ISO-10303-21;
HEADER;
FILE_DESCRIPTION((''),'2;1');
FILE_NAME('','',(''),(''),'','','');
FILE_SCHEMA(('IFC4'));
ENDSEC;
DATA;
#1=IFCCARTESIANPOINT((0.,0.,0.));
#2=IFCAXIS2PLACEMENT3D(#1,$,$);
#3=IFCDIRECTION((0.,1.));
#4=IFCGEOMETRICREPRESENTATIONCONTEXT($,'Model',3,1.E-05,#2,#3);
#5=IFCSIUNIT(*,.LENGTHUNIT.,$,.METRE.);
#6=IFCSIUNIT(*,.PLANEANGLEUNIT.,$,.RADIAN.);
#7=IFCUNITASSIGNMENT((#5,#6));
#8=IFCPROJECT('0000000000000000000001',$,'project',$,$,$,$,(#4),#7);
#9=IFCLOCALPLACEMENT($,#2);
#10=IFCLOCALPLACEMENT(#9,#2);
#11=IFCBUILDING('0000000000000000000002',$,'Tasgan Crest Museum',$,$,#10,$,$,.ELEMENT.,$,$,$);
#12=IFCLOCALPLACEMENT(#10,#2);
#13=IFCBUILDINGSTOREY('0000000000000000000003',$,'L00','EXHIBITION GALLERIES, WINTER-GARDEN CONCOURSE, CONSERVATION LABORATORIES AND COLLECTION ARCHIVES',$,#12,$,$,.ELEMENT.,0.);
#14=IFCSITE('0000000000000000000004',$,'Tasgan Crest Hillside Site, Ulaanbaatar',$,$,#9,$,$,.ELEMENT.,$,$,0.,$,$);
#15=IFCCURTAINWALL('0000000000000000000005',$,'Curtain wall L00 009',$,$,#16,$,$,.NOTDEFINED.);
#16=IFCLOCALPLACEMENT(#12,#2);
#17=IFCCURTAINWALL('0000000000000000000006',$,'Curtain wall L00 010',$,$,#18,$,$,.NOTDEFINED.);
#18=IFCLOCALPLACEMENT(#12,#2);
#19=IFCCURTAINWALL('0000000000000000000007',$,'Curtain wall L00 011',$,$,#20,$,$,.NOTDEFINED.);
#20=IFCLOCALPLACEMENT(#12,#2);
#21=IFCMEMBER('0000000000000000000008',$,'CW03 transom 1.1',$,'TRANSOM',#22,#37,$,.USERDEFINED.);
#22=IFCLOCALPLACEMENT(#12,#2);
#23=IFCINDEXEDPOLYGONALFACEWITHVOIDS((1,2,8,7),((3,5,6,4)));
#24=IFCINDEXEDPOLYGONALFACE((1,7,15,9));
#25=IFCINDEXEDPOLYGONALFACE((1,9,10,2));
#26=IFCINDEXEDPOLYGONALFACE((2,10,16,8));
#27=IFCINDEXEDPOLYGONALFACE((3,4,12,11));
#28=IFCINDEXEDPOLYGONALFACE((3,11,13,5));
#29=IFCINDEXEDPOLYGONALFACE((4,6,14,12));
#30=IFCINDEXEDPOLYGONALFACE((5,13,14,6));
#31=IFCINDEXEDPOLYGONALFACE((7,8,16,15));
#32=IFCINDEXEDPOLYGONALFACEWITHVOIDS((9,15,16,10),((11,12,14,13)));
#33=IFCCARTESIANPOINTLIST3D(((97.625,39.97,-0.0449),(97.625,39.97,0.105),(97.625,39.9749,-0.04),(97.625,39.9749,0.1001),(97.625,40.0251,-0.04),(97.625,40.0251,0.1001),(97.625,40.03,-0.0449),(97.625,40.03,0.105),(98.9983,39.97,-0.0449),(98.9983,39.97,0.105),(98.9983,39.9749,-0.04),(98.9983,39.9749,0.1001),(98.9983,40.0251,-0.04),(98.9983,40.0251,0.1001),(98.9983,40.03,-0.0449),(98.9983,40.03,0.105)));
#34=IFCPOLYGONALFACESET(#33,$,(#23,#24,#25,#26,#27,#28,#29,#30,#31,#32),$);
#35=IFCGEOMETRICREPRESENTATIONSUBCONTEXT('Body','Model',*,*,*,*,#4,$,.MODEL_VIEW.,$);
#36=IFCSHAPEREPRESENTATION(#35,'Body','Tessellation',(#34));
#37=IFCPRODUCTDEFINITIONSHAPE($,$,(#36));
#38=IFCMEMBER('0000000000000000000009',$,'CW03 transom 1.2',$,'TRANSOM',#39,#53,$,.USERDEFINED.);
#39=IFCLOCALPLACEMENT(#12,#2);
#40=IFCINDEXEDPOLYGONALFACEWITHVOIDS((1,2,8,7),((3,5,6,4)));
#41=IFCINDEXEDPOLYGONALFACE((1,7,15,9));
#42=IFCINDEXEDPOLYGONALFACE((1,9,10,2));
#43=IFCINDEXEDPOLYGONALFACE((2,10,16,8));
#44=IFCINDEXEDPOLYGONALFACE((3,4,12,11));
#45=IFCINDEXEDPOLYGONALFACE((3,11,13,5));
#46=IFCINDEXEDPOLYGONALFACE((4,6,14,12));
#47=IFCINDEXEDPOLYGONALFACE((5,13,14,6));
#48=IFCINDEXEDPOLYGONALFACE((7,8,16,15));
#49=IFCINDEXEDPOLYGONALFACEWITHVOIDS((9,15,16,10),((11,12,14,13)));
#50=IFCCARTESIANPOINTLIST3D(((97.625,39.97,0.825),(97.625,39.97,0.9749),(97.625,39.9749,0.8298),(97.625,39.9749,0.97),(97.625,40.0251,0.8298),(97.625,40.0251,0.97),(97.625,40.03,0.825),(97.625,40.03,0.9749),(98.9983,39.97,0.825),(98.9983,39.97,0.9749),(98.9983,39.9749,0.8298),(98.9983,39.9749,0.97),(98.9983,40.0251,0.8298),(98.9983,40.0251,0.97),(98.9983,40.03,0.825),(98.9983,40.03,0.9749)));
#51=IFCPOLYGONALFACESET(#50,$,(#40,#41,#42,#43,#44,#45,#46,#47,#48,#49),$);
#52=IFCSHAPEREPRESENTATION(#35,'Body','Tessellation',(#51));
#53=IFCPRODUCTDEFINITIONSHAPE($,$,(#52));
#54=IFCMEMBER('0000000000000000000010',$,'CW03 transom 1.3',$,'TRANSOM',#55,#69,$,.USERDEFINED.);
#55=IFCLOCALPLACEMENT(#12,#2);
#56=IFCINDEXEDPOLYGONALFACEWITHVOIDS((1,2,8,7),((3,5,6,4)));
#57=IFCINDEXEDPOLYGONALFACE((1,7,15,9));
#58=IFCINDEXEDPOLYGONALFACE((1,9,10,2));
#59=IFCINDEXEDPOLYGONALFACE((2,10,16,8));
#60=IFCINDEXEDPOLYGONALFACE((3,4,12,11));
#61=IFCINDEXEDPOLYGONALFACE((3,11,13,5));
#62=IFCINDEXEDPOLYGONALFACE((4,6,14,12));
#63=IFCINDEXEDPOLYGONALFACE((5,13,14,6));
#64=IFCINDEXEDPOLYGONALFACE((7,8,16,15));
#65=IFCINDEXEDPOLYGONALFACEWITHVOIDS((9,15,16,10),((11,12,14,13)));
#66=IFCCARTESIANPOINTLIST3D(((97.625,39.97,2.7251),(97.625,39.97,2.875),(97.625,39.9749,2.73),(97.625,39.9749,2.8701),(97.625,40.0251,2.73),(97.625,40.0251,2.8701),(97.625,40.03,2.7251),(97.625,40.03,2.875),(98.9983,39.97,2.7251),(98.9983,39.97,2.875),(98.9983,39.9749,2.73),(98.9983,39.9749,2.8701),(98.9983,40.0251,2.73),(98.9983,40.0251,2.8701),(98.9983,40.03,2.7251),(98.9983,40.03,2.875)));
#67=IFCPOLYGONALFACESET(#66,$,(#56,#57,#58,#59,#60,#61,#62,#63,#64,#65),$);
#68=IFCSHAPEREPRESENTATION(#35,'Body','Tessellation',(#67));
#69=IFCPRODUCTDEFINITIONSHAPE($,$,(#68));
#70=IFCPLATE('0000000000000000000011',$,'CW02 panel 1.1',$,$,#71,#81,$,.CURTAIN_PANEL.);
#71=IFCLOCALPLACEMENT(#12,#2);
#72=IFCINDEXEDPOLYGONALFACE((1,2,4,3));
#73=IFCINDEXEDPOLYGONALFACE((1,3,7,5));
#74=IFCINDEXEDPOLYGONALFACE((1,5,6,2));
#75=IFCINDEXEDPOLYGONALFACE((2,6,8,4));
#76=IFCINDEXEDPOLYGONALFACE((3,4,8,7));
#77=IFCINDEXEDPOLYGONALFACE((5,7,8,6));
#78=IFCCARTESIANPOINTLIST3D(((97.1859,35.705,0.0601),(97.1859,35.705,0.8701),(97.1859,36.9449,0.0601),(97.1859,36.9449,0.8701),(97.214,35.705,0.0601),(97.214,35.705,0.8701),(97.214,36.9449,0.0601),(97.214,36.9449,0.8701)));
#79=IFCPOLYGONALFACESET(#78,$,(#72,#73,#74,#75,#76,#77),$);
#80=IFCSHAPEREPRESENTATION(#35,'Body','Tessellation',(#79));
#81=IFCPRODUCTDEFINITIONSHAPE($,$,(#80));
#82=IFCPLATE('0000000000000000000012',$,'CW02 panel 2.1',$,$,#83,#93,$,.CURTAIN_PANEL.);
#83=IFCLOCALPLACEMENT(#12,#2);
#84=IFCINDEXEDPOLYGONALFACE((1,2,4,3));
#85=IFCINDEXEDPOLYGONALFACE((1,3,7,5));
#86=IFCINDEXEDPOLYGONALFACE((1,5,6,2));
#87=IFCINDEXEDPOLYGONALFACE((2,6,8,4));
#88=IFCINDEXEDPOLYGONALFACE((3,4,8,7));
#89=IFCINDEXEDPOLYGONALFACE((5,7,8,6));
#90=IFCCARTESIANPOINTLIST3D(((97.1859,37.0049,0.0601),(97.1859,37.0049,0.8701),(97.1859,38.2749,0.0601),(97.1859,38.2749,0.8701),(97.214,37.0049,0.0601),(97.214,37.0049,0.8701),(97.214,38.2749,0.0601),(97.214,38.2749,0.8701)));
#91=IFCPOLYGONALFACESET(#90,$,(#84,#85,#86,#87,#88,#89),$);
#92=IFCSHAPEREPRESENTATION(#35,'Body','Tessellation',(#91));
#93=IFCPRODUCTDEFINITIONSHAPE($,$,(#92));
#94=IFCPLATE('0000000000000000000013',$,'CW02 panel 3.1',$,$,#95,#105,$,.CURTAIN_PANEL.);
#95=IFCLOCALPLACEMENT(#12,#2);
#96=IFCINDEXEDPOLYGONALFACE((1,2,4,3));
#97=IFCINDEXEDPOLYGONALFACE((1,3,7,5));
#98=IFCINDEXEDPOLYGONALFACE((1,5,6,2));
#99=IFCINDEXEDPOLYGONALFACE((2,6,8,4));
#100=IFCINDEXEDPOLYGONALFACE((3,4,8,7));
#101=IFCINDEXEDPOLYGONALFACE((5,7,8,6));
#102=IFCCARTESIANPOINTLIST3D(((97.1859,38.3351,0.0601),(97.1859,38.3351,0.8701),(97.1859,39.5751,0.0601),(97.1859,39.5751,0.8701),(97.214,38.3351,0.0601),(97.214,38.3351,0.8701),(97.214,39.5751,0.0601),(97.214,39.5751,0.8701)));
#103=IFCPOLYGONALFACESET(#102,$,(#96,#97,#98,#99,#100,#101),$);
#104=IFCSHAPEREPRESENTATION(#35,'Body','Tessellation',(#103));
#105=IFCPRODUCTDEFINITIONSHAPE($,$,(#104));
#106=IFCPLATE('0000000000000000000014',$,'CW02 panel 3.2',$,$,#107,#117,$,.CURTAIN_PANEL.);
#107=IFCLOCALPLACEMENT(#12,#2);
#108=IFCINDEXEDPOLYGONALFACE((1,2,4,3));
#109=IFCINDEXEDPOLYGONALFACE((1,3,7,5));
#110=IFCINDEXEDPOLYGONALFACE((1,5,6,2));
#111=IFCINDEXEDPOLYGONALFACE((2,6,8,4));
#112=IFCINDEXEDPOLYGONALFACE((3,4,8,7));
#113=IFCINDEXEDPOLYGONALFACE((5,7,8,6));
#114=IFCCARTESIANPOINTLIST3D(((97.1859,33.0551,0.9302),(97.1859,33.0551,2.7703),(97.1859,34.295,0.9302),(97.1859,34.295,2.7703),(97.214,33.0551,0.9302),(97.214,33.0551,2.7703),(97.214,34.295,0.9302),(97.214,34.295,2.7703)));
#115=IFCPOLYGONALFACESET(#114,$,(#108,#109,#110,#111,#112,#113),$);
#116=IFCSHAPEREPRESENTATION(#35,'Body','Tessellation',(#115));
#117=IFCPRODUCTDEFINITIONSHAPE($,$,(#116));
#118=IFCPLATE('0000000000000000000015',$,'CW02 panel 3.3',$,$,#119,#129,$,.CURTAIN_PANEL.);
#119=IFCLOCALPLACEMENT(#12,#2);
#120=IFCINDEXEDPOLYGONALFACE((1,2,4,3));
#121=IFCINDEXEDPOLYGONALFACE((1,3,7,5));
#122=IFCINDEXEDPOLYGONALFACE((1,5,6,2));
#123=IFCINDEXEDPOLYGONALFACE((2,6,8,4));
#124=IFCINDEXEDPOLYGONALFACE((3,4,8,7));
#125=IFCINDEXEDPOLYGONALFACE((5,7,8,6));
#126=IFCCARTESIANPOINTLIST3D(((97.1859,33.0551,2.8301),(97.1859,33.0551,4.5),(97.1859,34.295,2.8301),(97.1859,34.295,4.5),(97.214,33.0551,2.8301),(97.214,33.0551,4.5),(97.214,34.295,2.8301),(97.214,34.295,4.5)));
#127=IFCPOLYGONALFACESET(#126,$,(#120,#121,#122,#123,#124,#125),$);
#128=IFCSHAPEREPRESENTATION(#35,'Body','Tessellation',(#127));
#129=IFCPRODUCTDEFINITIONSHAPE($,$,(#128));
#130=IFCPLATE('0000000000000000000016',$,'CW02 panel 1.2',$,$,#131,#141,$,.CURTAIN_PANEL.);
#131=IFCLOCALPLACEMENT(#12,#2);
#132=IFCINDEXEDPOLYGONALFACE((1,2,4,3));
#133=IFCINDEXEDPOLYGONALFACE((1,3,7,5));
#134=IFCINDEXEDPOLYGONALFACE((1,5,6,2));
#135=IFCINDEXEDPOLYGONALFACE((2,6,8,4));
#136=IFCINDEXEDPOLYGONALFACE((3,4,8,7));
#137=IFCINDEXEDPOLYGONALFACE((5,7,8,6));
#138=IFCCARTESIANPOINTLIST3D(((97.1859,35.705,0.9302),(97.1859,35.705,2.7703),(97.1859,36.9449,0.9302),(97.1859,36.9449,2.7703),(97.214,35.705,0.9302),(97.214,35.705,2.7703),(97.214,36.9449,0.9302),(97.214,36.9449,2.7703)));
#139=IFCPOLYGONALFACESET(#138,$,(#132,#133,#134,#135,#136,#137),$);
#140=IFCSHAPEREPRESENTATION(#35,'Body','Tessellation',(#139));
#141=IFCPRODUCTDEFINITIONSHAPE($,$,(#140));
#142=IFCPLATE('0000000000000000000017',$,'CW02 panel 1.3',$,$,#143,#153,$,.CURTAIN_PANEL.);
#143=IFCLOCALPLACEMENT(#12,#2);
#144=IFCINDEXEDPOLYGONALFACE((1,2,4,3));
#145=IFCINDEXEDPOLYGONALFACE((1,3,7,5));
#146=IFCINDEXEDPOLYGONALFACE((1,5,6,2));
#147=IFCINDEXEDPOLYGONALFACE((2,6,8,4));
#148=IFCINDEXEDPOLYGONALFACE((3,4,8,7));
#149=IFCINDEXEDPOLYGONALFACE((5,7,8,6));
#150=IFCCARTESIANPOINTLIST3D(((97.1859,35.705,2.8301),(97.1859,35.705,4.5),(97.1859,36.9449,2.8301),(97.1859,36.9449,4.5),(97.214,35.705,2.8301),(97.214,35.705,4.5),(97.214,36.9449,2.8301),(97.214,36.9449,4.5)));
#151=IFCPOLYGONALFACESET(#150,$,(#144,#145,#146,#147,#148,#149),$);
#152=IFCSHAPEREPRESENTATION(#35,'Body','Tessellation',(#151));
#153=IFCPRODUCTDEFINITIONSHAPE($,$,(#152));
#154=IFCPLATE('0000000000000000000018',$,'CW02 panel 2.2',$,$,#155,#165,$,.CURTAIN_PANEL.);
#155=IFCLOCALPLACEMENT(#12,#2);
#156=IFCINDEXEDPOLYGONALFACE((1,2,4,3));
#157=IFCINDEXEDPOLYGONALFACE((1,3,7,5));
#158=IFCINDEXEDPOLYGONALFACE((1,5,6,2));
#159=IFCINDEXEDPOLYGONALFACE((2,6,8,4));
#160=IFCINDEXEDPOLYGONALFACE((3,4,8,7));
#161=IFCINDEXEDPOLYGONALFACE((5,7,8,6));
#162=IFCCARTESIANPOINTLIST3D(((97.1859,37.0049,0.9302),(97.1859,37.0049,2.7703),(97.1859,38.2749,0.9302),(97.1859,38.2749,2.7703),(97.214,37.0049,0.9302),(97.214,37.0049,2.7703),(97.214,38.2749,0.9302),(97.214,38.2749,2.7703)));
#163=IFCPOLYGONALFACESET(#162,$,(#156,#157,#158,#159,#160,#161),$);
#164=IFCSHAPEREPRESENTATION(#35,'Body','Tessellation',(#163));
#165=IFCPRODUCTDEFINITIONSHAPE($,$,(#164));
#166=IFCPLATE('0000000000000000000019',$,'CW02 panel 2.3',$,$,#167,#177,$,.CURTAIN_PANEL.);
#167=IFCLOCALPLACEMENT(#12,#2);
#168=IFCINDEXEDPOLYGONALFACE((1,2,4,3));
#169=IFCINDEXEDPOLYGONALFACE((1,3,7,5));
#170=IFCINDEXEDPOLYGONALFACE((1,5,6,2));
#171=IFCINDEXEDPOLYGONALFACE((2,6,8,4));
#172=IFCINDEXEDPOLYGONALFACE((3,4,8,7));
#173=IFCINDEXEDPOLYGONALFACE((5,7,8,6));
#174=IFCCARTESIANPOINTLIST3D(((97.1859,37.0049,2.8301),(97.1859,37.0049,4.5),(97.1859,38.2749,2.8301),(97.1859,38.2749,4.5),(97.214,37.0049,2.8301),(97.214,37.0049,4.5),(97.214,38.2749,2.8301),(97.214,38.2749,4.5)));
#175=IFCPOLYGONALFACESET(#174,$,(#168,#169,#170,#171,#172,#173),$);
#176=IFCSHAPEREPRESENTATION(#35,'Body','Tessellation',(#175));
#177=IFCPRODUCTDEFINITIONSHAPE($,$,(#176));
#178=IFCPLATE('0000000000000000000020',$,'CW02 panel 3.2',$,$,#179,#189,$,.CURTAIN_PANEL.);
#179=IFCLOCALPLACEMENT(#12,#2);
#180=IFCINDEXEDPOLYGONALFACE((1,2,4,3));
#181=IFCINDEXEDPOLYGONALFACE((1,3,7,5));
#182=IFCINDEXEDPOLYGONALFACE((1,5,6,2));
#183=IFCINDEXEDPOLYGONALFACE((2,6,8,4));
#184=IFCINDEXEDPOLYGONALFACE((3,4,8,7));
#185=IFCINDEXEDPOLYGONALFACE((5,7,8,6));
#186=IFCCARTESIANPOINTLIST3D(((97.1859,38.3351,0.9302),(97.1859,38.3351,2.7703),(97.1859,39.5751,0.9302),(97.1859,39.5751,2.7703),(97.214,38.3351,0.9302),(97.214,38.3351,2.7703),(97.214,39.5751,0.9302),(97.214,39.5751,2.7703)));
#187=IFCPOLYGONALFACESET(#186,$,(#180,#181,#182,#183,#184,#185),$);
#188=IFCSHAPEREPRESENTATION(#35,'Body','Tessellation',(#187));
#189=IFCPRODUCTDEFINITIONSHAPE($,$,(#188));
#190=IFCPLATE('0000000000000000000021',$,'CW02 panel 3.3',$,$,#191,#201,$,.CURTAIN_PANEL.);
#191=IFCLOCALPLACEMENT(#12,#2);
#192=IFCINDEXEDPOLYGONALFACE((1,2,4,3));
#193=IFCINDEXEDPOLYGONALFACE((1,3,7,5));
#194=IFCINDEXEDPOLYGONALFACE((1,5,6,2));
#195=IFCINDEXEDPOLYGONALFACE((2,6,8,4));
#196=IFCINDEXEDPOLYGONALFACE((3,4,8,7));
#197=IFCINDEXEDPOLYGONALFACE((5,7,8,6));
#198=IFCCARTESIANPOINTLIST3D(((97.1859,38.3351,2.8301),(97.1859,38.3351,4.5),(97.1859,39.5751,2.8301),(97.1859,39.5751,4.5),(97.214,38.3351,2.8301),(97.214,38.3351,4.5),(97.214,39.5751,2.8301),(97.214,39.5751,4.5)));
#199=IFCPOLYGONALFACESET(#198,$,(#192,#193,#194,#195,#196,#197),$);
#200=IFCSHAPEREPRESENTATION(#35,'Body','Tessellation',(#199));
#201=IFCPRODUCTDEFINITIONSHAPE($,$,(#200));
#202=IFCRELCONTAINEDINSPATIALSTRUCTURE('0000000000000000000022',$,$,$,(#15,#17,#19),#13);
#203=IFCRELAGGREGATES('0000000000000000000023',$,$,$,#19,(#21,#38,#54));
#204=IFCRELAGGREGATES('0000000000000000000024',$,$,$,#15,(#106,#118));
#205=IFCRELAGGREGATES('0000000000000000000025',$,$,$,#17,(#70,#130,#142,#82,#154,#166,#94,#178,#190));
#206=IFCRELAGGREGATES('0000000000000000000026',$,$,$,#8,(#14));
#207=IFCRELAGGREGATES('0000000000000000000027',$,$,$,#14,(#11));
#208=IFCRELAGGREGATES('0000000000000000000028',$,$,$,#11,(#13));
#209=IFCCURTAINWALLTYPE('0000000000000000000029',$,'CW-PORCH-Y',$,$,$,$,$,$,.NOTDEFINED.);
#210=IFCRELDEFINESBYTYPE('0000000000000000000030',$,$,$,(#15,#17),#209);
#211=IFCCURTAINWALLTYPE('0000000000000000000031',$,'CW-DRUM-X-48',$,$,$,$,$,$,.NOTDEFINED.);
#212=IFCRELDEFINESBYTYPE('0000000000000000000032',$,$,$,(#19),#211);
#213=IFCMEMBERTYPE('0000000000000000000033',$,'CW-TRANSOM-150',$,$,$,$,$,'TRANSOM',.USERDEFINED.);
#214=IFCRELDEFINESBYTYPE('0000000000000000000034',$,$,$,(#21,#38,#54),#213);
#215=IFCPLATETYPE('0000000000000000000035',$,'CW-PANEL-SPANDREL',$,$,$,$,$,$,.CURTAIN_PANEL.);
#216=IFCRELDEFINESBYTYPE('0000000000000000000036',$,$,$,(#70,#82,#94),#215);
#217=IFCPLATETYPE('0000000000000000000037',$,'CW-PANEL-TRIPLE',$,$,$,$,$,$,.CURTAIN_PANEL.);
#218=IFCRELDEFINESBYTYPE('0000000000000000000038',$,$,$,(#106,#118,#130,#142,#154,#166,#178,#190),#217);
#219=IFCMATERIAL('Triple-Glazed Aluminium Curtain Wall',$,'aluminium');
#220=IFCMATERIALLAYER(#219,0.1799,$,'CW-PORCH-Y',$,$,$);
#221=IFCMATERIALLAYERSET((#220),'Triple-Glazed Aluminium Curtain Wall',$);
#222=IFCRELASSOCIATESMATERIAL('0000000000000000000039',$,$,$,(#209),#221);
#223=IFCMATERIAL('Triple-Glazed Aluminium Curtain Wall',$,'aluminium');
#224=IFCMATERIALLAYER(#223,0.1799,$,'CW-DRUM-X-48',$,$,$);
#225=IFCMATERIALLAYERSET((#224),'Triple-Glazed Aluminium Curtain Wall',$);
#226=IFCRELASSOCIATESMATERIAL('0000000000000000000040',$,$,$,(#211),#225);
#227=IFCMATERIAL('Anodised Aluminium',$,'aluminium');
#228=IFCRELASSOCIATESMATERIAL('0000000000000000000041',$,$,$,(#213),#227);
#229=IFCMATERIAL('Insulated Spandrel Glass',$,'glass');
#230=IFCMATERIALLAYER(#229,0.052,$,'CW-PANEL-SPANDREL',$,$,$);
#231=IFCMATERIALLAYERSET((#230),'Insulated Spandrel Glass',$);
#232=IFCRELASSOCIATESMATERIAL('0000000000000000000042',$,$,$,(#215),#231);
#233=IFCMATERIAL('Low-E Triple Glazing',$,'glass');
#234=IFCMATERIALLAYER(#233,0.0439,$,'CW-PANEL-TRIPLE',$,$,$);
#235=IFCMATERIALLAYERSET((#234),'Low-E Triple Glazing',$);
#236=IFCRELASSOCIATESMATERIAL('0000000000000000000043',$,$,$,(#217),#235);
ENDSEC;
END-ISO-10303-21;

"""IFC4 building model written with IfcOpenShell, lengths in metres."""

from ifc_helpers import new_model, si_unit, direction, frame, origin, origin_2d, place, context, subcontext, project, spatial, rectangle, hollow_rectangle, extrude, material, layer, layer_set, material_profile, profile_set, type_object, element, aggregate, save


model = new_model("IFC4")

# Units and contexts
model_context = context("Model", 3, precision=1e-05, world=origin(), true_north=direction((0.0, 1.0)))
body_context = subcontext(model_context, "Body", "Model", "MODEL_VIEW")
ifc_project = project(units=[si_unit("LENGTHUNIT", "METRE"), si_unit("PLANEANGLEUNIT", "RADIAN")], contexts=[model_context])

# Site, building, storey
site_placement = place(None, origin())
site = spatial("IfcSite", under=ifc_project, at=site_placement, Name="Tasgan Crest Hillside Site, Ulaanbaatar", CompositionType="ELEMENT", RefElevation=0.0)
building_placement = place(site_placement, origin())
building = spatial("IfcBuilding", under=site, at=building_placement, Name="Tasgan Crest Museum", CompositionType="ELEMENT")
storey_placement = place(building_placement, origin())
storey = spatial("IfcBuildingStorey", under=building, at=storey_placement, Name="L00", Description="EXHIBITION GALLERIES, WINTER-GARDEN CONCOURSE, CONSERVATION LABORATORIES AND COLLECTION ARCHIVES", CompositionType="ELEMENT", Elevation=0.0)

# Curtain wall
ifc_material_1 = material(Name="Triple-Glazed Aluminium Curtain Wall", Category="aluminium")
ifc_layer_1 = layer(ifc_material_1, 0.1799, Name="CW-PORCH-Y")
ifc_layer_set_1 = layer_set([ifc_layer_1], Name="Triple-Glazed Aluminium Curtain Wall")
curtain_wall_type_1 = type_object("IfcCurtainWallType", Name="CW-PORCH-Y", PredefinedType="NOTDEFINED", material=ifc_layer_set_1)
curtain_wall_1_placement = place(storey_placement, origin())
curtain_wall_1 = element("IfcCurtainWall", 1, at=curtain_wall_1_placement, inside=storey, type_object=curtain_wall_type_1, Name="Curtain wall L00 009", PredefinedType="NOTDEFINED")

# Curtain wall
curtain_wall_2_placement = place(storey_placement, origin())
curtain_wall_2 = element("IfcCurtainWall", 2, at=curtain_wall_2_placement, inside=storey, type_object=curtain_wall_type_1, Name="Curtain wall L00 010", PredefinedType="NOTDEFINED")

# Curtain wall
ifc_material_2 = material(Name="Triple-Glazed Aluminium Curtain Wall", Category="aluminium")
ifc_layer_2 = layer(ifc_material_2, 0.1799, Name="CW-DRUM-X-48")
ifc_layer_set_2 = layer_set([ifc_layer_2], Name="Triple-Glazed Aluminium Curtain Wall")
curtain_wall_type_2 = type_object("IfcCurtainWallType", Name="CW-DRUM-X-48", PredefinedType="NOTDEFINED", material=ifc_layer_set_2)
curtain_wall_3_placement = place(storey_placement, origin())
curtain_wall_3 = element("IfcCurtainWall", 3, at=curtain_wall_3_placement, inside=storey, type_object=curtain_wall_type_2, Name="Curtain wall L00 011", PredefinedType="NOTDEFINED")

# Members
ifc_material_3 = material(Name="Anodised Aluminium", Category="aluminium")
ifc_material_profile_1 = material_profile(ifc_material_3, hollow_rectangle(XDim=0.0601, YDim=0.1499, WallThickness=0.0049, at=origin_2d()), Name="ALU TRANSOM 150x60x5")
ifc_profile_set_1 = profile_set([ifc_material_profile_1], Name="Anodised Aluminium")
member_type_1 = type_object("IfcMemberType", Name="CW-TRANSOM-150", ElementType="TRANSOM", PredefinedType="USERDEFINED", material=ifc_profile_set_1)
member_1_placement = place(storey_placement, frame((97.625, 40.0, 0.03), z_axis=(1.0, 0.0, 0.0), x_axis=(0.0, 1.0, 0.0)))
member_1 = element("IfcMember", 4, at=member_1_placement, type_object=member_type_1, Name="CW03 transom 1.1", ObjectType="TRANSOM", PredefinedType="USERDEFINED", context=body_context, shape_type="SweptSolid", body=[
    extrude(hollow_rectangle(XDim=0.0601, YDim=0.1499, WallThickness=0.0049, at=origin_2d()), origin(), (0.0, 0.0, 1.0), 1.3733),
])
member_2_placement = place(storey_placement, frame((97.625, 40.0, 0.8999), z_axis=(1.0, 0.0, 0.0), x_axis=(0.0, 1.0, 0.0)))
member_2 = element("IfcMember", 5, at=member_2_placement, type_object=member_type_1, Name="CW03 transom 1.2", ObjectType="TRANSOM", PredefinedType="USERDEFINED", context=body_context, shape_type="SweptSolid", body=[
    extrude(hollow_rectangle(XDim=0.0601, YDim=0.1499, WallThickness=0.0049, at=origin_2d()), origin(), (0.0, 0.0, 1.0), 1.3733),
])
member_3_placement = place(storey_placement, frame((97.625, 40.0, 2.8), z_axis=(1.0, 0.0, 0.0), x_axis=(0.0, 1.0, 0.0)))
member_3 = element("IfcMember", 6, at=member_3_placement, type_object=member_type_1, Name="CW03 transom 1.3", ObjectType="TRANSOM", PredefinedType="USERDEFINED", context=body_context, shape_type="SweptSolid", body=[
    extrude(hollow_rectangle(XDim=0.0601, YDim=0.1499, WallThickness=0.0049, at=origin_2d()), origin(), (0.0, 0.0, 1.0), 1.3733),
])
aggregate(curtain_wall_3, [member_1, member_2, member_3])

# Plates
ifc_material_4 = material(Name="Insulated Spandrel Glass", Category="glass")
ifc_layer_3 = layer(ifc_material_4, 0.052, Name="CW-PANEL-SPANDREL")
ifc_layer_set_3 = layer_set([ifc_layer_3], Name="Insulated Spandrel Glass")
plate_type_1 = type_object("IfcPlateType", Name="CW-PANEL-SPANDREL", PredefinedType="CURTAIN_PANEL", material=ifc_layer_set_3)
plate_1_placement = place(storey_placement, frame((97.2, 36.325, 0.0601), z_axis=(0.0, 0.0, 1.0), x_axis=(0.0, 1.0, 0.0)))
plate_1 = element("IfcPlate", 7, at=plate_1_placement, type_object=plate_type_1, Name="CW02 panel 1.1", PredefinedType="CURTAIN_PANEL", context=body_context, shape_type="SweptSolid", body=[
    extrude(rectangle(XDim=1.24, YDim=0.0281, at=origin_2d()), origin(), (0.0, 0.0, 1.0), 0.8101),
])
plate_2_placement = place(storey_placement, frame((97.2, 37.6399, 0.0601), z_axis=(0.0, 0.0, 1.0), x_axis=(0.0, 1.0, 0.0)))
plate_2 = element("IfcPlate", 8, at=plate_2_placement, type_object=plate_type_1, Name="CW02 panel 2.1", PredefinedType="CURTAIN_PANEL", context=body_context, shape_type="SweptSolid", body=[
    extrude(rectangle(XDim=1.27, YDim=0.0281, at=origin_2d()), origin(), (0.0, 0.0, 1.0), 0.8101),
])
plate_3_placement = place(storey_placement, frame((97.2, 38.9551, 0.0601), z_axis=(0.0, 0.0, 1.0), x_axis=(0.0, 1.0, 0.0)))
plate_3 = element("IfcPlate", 9, at=plate_3_placement, type_object=plate_type_1, Name="CW02 panel 3.1", PredefinedType="CURTAIN_PANEL", context=body_context, shape_type="SweptSolid", body=[
    extrude(rectangle(XDim=1.24, YDim=0.0281, at=origin_2d()), origin(), (0.0, 0.0, 1.0), 0.8101),
])
ifc_material_5 = material(Name="Low-E Triple Glazing", Category="glass")
ifc_layer_4 = layer(ifc_material_5, 0.0439, Name="CW-PANEL-TRIPLE")
ifc_layer_set_4 = layer_set([ifc_layer_4], Name="Low-E Triple Glazing")
plate_type_2 = type_object("IfcPlateType", Name="CW-PANEL-TRIPLE", PredefinedType="CURTAIN_PANEL", material=ifc_layer_set_4)
plate_4_placement = place(storey_placement, frame((97.2, 33.675, 0.9302), z_axis=(0.0, 0.0, 1.0), x_axis=(0.0, 1.0, 0.0)))
plate_4 = element("IfcPlate", 10, at=plate_4_placement, type_object=plate_type_2, Name="CW02 panel 3.2", PredefinedType="CURTAIN_PANEL", context=body_context, shape_type="SweptSolid", body=[
    extrude(rectangle(XDim=1.24, YDim=0.0281, at=origin_2d()), origin(), (0.0, 0.0, 1.0), 1.8401),
])
plate_5_placement = place(storey_placement, frame((97.2, 33.675, 2.8301), z_axis=(0.0, 0.0, 1.0), x_axis=(0.0, 1.0, 0.0)))
plate_5 = element("IfcPlate", 11, at=plate_5_placement, type_object=plate_type_2, Name="CW02 panel 3.3", PredefinedType="CURTAIN_PANEL", context=body_context, shape_type="SweptSolid", body=[
    extrude(rectangle(XDim=1.24, YDim=0.0281, at=origin_2d()), origin(), (0.0, 0.0, 1.0), 1.6699),
])
aggregate(curtain_wall_1, [plate_4, plate_5])
plate_6_placement = place(storey_placement, frame((97.2, 36.325, 0.9302), z_axis=(0.0, 0.0, 1.0), x_axis=(0.0, 1.0, 0.0)))
plate_6 = element("IfcPlate", 12, at=plate_6_placement, type_object=plate_type_2, Name="CW02 panel 1.2", PredefinedType="CURTAIN_PANEL", context=body_context, shape_type="SweptSolid", body=[
    extrude(rectangle(XDim=1.24, YDim=0.0281, at=origin_2d()), origin(), (0.0, 0.0, 1.0), 1.8401),
])
plate_7_placement = place(storey_placement, frame((97.2, 36.325, 2.8301), z_axis=(0.0, 0.0, 1.0), x_axis=(0.0, 1.0, 0.0)))
plate_7 = element("IfcPlate", 13, at=plate_7_placement, type_object=plate_type_2, Name="CW02 panel 1.3", PredefinedType="CURTAIN_PANEL", context=body_context, shape_type="SweptSolid", body=[
    extrude(rectangle(XDim=1.24, YDim=0.0281, at=origin_2d()), origin(), (0.0, 0.0, 1.0), 1.6699),
])
plate_8_placement = place(storey_placement, frame((97.2, 37.6399, 0.9302), z_axis=(0.0, 0.0, 1.0), x_axis=(0.0, 1.0, 0.0)))
plate_8 = element("IfcPlate", 14, at=plate_8_placement, type_object=plate_type_2, Name="CW02 panel 2.2", PredefinedType="CURTAIN_PANEL", context=body_context, shape_type="SweptSolid", body=[
    extrude(rectangle(XDim=1.27, YDim=0.0281, at=origin_2d()), origin(), (0.0, 0.0, 1.0), 1.8401),
])
plate_9_placement = place(storey_placement, frame((97.2, 37.6399, 2.8301), z_axis=(0.0, 0.0, 1.0), x_axis=(0.0, 1.0, 0.0)))
plate_9 = element("IfcPlate", 15, at=plate_9_placement, type_object=plate_type_2, Name="CW02 panel 2.3", PredefinedType="CURTAIN_PANEL", context=body_context, shape_type="SweptSolid", body=[
    extrude(rectangle(XDim=1.27, YDim=0.0281, at=origin_2d()), origin(), (0.0, 0.0, 1.0), 1.6699),
])
plate_10_placement = place(storey_placement, frame((97.2, 38.9551, 0.9302), z_axis=(0.0, 0.0, 1.0), x_axis=(0.0, 1.0, 0.0)))
plate_10 = element("IfcPlate", 16, at=plate_10_placement, type_object=plate_type_2, Name="CW02 panel 3.2", PredefinedType="CURTAIN_PANEL", context=body_context, shape_type="SweptSolid", body=[
    extrude(rectangle(XDim=1.24, YDim=0.0281, at=origin_2d()), origin(), (0.0, 0.0, 1.0), 1.8401),
])
plate_11_placement = place(storey_placement, frame((97.2, 38.9551, 2.8301), z_axis=(0.0, 0.0, 1.0), x_axis=(0.0, 1.0, 0.0)))
plate_11 = element("IfcPlate", 17, at=plate_11_placement, type_object=plate_type_2, Name="CW02 panel 3.3", PredefinedType="CURTAIN_PANEL", context=body_context, shape_type="SweptSolid", body=[
    extrude(rectangle(XDim=1.24, YDim=0.0281, at=origin_2d()), origin(), (0.0, 0.0, 1.0), 1.6699),
])
aggregate(curtain_wall_2, [plate_1, plate_6, plate_7, plate_2, plate_8, plate_9, plate_3, plate_10, plate_11])

save(model, "model.ifc")
